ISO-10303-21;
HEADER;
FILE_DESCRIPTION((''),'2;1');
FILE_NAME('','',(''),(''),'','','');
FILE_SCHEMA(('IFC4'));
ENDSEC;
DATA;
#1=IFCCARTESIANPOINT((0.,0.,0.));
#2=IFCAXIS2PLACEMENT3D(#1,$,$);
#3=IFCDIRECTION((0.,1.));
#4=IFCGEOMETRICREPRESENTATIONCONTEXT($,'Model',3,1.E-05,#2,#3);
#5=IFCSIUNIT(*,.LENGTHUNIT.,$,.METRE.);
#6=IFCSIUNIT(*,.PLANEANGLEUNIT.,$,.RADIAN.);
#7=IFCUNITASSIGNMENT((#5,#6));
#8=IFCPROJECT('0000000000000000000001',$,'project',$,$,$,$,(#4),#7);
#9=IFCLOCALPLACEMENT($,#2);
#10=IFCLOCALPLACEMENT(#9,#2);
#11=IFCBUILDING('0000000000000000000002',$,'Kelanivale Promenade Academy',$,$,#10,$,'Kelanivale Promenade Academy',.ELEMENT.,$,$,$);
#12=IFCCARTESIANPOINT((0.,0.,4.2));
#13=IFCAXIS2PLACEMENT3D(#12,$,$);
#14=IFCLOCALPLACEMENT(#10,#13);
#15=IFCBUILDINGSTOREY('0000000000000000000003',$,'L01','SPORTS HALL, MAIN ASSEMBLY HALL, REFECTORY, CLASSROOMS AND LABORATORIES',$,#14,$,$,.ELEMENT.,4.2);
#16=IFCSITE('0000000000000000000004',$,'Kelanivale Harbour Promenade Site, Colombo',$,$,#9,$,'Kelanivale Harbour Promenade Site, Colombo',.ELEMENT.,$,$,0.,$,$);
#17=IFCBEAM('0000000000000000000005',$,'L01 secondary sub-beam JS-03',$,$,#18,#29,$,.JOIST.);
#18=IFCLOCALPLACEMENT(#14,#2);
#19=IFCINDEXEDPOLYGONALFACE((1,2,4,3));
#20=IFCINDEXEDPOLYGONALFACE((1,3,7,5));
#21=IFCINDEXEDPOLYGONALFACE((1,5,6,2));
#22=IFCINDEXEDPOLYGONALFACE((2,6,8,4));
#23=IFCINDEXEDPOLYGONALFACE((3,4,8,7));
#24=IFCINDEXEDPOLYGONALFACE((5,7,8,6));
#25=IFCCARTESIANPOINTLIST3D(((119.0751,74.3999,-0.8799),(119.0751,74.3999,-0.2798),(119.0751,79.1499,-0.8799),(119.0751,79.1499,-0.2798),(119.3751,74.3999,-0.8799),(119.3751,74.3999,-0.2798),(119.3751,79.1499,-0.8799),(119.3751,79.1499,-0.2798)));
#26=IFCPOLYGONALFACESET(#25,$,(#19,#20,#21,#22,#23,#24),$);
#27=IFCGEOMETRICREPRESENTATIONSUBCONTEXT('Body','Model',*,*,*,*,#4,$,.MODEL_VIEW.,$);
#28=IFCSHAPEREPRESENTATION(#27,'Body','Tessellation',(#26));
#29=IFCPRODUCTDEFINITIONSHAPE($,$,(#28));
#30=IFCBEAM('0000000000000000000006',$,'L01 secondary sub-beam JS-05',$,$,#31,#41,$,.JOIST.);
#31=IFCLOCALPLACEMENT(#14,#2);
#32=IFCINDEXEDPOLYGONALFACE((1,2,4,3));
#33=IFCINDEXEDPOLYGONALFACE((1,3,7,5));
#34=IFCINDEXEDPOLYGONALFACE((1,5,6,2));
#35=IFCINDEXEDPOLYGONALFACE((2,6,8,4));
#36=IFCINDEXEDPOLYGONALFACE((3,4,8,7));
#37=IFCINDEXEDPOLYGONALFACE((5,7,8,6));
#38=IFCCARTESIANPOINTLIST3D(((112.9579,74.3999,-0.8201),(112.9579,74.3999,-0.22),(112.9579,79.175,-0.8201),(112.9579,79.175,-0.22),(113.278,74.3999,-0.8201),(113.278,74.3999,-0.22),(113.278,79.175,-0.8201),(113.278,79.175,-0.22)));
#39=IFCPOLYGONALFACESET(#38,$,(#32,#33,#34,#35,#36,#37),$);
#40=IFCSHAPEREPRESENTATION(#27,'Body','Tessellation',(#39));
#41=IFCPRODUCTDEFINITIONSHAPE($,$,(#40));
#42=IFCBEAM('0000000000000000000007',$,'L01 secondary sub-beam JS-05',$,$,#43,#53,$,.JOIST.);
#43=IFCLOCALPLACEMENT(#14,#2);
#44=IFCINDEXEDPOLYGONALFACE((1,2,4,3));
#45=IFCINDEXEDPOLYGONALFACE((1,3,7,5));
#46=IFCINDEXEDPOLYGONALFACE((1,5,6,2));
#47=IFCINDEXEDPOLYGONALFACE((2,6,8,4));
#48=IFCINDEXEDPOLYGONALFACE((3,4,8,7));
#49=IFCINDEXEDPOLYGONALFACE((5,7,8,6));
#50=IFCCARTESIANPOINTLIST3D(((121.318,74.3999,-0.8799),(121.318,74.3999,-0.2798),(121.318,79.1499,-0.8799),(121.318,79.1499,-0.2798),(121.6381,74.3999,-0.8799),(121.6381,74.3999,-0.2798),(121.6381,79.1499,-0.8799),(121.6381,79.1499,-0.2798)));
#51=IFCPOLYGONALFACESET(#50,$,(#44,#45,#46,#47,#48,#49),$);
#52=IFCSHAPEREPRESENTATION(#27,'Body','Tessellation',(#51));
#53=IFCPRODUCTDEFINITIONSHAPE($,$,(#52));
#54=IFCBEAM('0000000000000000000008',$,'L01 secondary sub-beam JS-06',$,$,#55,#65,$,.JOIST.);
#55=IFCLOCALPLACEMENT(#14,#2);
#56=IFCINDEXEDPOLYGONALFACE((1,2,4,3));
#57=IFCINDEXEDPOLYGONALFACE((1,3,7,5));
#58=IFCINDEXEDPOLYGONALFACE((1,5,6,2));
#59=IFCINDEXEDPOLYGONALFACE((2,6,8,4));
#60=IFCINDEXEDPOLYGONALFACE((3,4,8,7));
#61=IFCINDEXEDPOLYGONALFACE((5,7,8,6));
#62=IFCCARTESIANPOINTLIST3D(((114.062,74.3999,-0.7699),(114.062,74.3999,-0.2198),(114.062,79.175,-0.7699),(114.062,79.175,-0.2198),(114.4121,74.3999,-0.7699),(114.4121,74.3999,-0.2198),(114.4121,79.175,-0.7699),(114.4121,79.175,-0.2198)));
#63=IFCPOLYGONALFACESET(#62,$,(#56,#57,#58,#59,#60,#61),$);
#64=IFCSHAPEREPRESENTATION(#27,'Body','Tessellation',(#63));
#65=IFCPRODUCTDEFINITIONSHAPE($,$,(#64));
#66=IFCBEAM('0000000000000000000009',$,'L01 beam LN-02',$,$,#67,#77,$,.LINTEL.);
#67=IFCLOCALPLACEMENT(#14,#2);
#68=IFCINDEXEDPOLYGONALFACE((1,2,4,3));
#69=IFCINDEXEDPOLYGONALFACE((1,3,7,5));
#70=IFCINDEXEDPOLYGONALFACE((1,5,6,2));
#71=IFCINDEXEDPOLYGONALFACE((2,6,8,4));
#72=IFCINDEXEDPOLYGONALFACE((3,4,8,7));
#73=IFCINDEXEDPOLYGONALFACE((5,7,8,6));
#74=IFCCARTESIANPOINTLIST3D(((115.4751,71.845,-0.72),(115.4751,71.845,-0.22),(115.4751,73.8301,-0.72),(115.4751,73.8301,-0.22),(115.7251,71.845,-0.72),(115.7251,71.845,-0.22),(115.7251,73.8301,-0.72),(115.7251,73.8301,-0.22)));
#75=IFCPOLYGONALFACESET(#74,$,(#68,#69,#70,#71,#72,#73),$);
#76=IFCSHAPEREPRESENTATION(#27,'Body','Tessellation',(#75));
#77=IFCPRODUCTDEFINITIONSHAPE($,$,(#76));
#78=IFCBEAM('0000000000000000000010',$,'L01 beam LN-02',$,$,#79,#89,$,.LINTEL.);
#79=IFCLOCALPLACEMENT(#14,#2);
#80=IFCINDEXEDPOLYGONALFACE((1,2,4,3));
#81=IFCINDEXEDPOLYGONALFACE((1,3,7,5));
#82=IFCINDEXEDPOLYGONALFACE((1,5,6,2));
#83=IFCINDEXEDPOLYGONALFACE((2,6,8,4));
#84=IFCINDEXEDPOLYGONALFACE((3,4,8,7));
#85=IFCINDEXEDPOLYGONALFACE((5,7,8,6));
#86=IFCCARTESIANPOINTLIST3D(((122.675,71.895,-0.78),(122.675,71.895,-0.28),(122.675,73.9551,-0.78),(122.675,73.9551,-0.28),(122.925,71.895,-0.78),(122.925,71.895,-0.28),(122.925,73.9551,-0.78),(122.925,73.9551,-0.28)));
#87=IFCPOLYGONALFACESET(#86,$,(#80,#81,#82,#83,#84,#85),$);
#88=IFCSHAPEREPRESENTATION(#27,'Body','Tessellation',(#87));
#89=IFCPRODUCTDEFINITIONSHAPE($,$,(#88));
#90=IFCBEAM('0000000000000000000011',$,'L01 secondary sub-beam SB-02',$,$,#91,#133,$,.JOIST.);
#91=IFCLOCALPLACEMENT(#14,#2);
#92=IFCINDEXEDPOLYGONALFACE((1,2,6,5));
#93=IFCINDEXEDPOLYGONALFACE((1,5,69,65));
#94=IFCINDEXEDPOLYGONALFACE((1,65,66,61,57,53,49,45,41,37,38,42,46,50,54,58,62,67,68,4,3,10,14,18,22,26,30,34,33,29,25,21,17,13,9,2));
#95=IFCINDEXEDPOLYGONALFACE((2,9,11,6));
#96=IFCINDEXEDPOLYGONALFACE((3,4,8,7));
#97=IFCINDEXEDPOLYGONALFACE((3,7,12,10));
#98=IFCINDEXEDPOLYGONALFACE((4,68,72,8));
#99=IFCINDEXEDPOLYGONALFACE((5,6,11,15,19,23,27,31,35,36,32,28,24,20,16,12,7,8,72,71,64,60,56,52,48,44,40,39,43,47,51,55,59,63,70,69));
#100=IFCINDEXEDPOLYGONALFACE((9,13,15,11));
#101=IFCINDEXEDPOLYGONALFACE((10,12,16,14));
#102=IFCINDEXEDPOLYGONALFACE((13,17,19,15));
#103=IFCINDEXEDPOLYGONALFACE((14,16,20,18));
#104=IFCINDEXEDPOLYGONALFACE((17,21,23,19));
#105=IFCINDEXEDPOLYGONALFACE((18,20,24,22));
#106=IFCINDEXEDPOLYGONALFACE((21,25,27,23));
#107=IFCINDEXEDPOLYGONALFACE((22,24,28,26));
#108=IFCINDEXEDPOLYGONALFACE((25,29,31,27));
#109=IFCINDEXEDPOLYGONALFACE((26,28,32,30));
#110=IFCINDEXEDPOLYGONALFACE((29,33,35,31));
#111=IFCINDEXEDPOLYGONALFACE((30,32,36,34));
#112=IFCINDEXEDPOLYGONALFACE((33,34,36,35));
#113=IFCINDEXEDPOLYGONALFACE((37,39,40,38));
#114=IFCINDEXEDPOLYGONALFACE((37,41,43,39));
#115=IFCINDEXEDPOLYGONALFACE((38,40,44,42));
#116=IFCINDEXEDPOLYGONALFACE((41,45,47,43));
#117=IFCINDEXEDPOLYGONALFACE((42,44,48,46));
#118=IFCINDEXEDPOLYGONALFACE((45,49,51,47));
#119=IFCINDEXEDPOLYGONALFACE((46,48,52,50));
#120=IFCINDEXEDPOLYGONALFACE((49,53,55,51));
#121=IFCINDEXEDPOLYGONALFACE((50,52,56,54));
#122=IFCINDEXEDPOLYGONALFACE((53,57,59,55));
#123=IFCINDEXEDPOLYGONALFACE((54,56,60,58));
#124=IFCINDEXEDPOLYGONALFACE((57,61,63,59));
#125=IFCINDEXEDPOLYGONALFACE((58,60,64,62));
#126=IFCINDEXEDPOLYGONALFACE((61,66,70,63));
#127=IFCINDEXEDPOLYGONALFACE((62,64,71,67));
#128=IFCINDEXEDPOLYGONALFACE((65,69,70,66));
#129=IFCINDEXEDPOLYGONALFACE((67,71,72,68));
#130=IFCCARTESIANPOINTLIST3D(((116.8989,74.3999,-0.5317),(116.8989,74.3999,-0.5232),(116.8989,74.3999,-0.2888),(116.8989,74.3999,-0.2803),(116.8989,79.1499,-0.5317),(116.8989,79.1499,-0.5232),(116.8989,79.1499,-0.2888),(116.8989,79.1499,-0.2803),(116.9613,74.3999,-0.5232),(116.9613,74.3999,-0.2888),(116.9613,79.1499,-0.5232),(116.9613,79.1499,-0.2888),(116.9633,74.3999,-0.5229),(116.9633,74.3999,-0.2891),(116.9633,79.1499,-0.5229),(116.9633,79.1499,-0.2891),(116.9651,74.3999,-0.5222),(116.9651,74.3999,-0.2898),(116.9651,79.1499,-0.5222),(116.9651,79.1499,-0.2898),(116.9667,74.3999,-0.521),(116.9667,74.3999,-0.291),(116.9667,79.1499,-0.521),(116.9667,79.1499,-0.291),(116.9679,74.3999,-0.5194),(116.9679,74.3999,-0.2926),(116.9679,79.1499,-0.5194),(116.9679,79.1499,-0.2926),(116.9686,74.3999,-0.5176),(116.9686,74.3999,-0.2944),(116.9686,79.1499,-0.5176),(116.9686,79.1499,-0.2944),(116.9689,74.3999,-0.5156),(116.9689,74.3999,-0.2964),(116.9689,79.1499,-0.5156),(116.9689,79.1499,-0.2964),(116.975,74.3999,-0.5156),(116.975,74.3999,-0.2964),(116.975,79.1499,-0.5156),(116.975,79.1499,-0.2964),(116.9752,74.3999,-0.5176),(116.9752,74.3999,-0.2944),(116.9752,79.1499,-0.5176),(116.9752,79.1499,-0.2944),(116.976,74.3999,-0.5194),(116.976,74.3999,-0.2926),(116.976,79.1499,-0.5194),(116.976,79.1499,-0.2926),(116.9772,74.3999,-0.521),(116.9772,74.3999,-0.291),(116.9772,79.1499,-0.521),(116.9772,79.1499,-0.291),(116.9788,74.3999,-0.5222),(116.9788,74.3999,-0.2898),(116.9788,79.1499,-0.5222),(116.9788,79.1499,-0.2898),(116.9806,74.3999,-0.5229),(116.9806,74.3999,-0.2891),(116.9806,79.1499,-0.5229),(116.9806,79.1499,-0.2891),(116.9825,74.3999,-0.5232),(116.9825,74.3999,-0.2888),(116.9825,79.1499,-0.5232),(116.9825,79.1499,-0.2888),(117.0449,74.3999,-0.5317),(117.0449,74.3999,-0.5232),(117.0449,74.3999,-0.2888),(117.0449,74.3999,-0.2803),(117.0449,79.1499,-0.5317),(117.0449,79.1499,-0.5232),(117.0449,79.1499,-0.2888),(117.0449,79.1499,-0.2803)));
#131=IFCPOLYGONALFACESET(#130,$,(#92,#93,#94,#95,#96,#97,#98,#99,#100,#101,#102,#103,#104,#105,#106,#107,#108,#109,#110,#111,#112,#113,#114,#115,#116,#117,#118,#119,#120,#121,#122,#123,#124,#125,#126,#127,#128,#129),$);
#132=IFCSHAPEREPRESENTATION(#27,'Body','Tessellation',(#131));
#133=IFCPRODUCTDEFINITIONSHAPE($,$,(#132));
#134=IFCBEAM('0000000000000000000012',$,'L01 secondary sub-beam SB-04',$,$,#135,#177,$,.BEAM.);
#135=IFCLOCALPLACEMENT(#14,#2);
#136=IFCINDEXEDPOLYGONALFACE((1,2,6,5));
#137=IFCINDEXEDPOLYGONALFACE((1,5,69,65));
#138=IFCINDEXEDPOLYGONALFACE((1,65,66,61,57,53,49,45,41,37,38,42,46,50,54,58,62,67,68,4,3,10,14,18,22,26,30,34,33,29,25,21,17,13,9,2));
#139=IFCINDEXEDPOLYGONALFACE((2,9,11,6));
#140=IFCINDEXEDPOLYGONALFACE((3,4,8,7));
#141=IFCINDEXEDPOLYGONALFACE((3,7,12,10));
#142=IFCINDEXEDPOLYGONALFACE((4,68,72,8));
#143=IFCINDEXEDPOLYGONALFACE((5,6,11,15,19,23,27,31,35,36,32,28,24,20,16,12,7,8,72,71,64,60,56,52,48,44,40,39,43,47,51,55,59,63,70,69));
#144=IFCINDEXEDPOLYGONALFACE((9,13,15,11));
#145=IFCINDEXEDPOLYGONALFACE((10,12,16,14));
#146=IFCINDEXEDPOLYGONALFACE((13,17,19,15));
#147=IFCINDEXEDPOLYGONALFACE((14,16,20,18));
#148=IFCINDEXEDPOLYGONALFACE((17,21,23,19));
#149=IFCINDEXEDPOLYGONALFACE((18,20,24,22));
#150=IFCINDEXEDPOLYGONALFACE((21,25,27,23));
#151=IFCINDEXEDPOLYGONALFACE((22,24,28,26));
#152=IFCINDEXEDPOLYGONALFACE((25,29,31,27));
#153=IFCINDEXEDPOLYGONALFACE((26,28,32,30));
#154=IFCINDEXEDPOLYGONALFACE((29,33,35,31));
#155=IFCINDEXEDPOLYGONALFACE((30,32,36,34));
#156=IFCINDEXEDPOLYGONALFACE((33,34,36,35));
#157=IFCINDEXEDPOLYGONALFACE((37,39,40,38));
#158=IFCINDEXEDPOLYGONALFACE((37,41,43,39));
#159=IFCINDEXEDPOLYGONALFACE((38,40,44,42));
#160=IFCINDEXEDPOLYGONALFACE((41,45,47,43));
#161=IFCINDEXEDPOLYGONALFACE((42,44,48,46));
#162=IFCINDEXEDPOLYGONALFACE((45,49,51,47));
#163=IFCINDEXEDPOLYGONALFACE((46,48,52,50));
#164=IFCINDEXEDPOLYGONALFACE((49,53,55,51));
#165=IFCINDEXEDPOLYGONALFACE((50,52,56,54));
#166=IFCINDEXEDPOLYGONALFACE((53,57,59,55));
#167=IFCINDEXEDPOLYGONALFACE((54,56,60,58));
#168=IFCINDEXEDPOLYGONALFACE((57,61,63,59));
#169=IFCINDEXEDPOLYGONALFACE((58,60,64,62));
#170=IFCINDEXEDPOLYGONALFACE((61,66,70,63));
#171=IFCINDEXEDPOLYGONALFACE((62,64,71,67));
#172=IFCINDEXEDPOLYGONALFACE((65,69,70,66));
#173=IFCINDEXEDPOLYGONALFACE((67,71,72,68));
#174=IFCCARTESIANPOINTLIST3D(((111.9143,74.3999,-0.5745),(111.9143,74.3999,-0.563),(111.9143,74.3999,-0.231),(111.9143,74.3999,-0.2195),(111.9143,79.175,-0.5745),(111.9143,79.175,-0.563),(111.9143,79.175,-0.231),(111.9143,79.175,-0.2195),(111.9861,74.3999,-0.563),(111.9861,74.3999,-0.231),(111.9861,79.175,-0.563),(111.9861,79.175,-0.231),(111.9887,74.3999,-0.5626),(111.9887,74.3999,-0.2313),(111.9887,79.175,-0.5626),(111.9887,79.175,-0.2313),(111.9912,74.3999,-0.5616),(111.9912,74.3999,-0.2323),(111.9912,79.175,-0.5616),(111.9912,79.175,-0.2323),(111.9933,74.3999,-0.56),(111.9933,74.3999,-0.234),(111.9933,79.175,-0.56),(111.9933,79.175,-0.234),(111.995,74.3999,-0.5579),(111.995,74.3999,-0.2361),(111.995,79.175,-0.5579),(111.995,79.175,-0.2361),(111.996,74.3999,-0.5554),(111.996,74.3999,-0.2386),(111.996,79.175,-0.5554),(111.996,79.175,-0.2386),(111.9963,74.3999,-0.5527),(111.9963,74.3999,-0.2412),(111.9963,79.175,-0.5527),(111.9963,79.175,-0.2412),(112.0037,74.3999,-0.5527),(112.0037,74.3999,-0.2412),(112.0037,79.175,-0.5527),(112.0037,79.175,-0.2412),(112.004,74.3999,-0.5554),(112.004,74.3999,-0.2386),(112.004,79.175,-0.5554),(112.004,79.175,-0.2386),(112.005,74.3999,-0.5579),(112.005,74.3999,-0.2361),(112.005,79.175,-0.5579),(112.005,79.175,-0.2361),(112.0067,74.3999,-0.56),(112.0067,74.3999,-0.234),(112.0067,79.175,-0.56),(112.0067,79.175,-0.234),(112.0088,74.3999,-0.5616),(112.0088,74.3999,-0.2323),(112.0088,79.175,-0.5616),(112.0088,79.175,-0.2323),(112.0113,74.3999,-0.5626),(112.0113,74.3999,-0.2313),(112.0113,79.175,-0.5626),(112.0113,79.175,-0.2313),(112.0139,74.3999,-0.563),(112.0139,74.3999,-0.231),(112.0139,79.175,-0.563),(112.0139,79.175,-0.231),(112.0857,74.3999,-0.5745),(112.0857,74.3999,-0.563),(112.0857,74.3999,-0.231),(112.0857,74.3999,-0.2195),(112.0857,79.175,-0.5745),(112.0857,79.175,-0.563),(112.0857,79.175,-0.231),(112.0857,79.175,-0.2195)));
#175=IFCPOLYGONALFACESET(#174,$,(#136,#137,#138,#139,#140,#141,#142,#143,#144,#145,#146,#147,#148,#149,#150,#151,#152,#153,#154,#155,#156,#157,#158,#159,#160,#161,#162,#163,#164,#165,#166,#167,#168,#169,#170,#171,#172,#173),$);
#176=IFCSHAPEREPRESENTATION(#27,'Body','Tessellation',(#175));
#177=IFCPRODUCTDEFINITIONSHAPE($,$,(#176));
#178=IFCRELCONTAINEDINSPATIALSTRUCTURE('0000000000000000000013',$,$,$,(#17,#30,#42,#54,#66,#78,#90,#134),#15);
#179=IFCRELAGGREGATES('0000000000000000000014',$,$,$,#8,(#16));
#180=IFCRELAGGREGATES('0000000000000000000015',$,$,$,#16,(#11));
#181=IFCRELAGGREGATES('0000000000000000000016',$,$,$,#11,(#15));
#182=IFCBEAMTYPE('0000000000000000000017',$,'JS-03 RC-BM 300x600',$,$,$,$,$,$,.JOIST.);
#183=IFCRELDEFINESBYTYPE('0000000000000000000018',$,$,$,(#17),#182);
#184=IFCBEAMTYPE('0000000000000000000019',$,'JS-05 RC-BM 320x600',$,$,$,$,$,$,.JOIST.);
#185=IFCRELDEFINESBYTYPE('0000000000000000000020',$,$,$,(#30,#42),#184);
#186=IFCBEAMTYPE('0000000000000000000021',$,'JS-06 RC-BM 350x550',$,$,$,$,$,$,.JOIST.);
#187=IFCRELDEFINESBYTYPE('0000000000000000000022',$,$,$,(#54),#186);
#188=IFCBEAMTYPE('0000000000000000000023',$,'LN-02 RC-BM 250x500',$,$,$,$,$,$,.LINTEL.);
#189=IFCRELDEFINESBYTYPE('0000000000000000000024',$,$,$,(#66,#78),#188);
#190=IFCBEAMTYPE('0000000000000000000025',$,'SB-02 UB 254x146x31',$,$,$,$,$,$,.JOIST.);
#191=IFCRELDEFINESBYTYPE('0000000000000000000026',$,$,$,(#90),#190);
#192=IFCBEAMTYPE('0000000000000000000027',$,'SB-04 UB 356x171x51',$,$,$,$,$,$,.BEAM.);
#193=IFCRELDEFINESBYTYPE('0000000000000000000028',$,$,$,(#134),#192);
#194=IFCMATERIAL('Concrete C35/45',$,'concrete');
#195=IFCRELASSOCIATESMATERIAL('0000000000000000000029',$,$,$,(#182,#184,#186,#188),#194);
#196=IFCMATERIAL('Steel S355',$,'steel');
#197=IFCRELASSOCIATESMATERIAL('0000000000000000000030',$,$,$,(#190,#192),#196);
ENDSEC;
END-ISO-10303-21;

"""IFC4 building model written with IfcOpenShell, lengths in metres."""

from ifc_helpers import new_model, si_unit, direction, frame, origin, origin_2d, place, context, subcontext, project, spatial, rectangle, i_section, extrude, material, material_profile, profile_set, type_object, element, save


model = new_model("IFC4")

# Units and contexts
model_context = context("Model", 3, precision=1e-05, world=origin(), true_north=direction((0.0, 1.0)))
body_context = subcontext(model_context, "Body", "Model", "MODEL_VIEW")
ifc_project = project(units=[si_unit("LENGTHUNIT", "METRE"), si_unit("PLANEANGLEUNIT", "RADIAN")], contexts=[model_context])

# Site, building, storey
site_placement = place(None, origin())
site = spatial("IfcSite", under=ifc_project, at=site_placement, Name="Kelanivale Harbour Promenade Site, Colombo", LongName="Kelanivale Harbour Promenade Site, Colombo", CompositionType="ELEMENT", RefElevation=0.0)
building_placement = place(site_placement, origin())
building = spatial("IfcBuilding", under=site, at=building_placement, Name="Kelanivale Promenade Academy", LongName="Kelanivale Promenade Academy", CompositionType="ELEMENT")
storey_placement = place(building_placement, frame((0.0, 0.0, 4.2)))
storey = spatial("IfcBuildingStorey", under=building, at=storey_placement, Name="L01", Description="SPORTS HALL, MAIN ASSEMBLY HALL, REFECTORY, CLASSROOMS AND LABORATORIES", CompositionType="ELEMENT", Elevation=4.2)

# Beams
ifc_material_1 = material(Name="Concrete C35/45", Category="concrete")
ifc_material_profile_1 = material_profile(ifc_material_1, rectangle(XDim=0.3, YDim=0.6001, at=origin_2d()), Name="RC-BM 300x600")
ifc_profile_set_1 = profile_set([ifc_material_profile_1], Name="Concrete C35/45")
beam_type_1 = type_object("IfcBeamType", Name="JS-03 RC-BM 300x600", PredefinedType="JOIST", material=ifc_profile_set_1)
beam_1_placement = place(storey_placement, frame((119.2251, 74.3999, -0.5798), z_axis=(0.0, 1.0, 0.0), x_axis=(-1.0, 0.0, 0.0)))
element("IfcBeam", 1, at=beam_1_placement, inside=storey, type_object=beam_type_1, Name="L01 secondary sub-beam JS-03", PredefinedType="JOIST", context=body_context, shape_type="SweptSolid", body=[
    extrude(rectangle(XDim=0.3, YDim=0.6001, at=origin_2d()), origin(), (0.0, 0.0, 1.0), 4.75),
])
ifc_material_profile_2 = material_profile(ifc_material_1, rectangle(XDim=0.3201, YDim=0.6001, at=origin_2d()), Name="RC-BM 320x600")
ifc_profile_set_2 = profile_set([ifc_material_profile_2], Name="Concrete C35/45")
beam_type_2 = type_object("IfcBeamType", Name="JS-05 RC-BM 320x600", PredefinedType="JOIST", material=ifc_profile_set_2)
beam_2_placement = place(storey_placement, frame((113.1179, 74.3999, -0.52), z_axis=(0.0, 1.0, 0.0), x_axis=(-1.0, 0.0, 0.0)))
element("IfcBeam", 2, at=beam_2_placement, inside=storey, type_object=beam_type_2, Name="L01 secondary sub-beam JS-05", PredefinedType="JOIST", context=body_context, shape_type="SweptSolid", body=[
    extrude(rectangle(XDim=0.3201, YDim=0.6001, at=origin_2d()), origin(), (0.0, 0.0, 1.0), 4.7751),
])
beam_3_placement = place(storey_placement, frame((121.478, 74.3999, -0.5798), z_axis=(0.0, 1.0, 0.0), x_axis=(-1.0, 0.0, 0.0)))
element("IfcBeam", 3, at=beam_3_placement, inside=storey, type_object=beam_type_2, Name="L01 secondary sub-beam JS-05", PredefinedType="JOIST", context=body_context, shape_type="SweptSolid", body=[
    extrude(rectangle(XDim=0.3201, YDim=0.6001, at=origin_2d()), origin(), (0.0, 0.0, 1.0), 4.75),
])
ifc_material_profile_3 = material_profile(ifc_material_1, rectangle(XDim=0.3501, YDim=0.55, at=origin_2d()), Name="RC-BM 350x550")
ifc_profile_set_3 = profile_set([ifc_material_profile_3], Name="Concrete C35/45")
beam_type_3 = type_object("IfcBeamType", Name="JS-06 RC-BM 350x550", PredefinedType="JOIST", material=ifc_profile_set_3)
beam_4_placement = place(storey_placement, frame((114.2371, 74.3999, -0.4949), z_axis=(0.0, 1.0, 0.0), x_axis=(-1.0, 0.0, 0.0)))
element("IfcBeam", 4, at=beam_4_placement, inside=storey, type_object=beam_type_3, Name="L01 secondary sub-beam JS-06", PredefinedType="JOIST", context=body_context, shape_type="SweptSolid", body=[
    extrude(rectangle(XDim=0.3501, YDim=0.55, at=origin_2d()), origin(), (0.0, 0.0, 1.0), 4.7751),
])
ifc_material_profile_4 = material_profile(ifc_material_1, rectangle(XDim=0.25, YDim=0.5, at=origin_2d()), Name="RC-BM 250x500")
ifc_profile_set_4 = profile_set([ifc_material_profile_4], Name="Concrete C35/45")
beam_type_4 = type_object("IfcBeamType", Name="LN-02 RC-BM 250x500", PredefinedType="LINTEL", material=ifc_profile_set_4)
beam_5_placement = place(storey_placement, frame((115.6001, 71.845, -0.47), z_axis=(0.0, 1.0, 0.0), x_axis=(-1.0, 0.0, 0.0)))
element("IfcBeam", 5, at=beam_5_placement, inside=storey, type_object=beam_type_4, Name="L01 beam LN-02", PredefinedType="LINTEL", context=body_context, shape_type="SweptSolid", body=[
    extrude(rectangle(XDim=0.25, YDim=0.5, at=origin_2d()), origin(), (0.0, 0.0, 1.0), 1.9851),
])
beam_6_placement = place(storey_placement, frame((122.8, 71.895, -0.53), z_axis=(0.0, 1.0, 0.0), x_axis=(-1.0, 0.0, 0.0)))
element("IfcBeam", 6, at=beam_6_placement, inside=storey, type_object=beam_type_4, Name="L01 beam LN-02", PredefinedType="LINTEL", context=body_context, shape_type="SweptSolid", body=[
    extrude(rectangle(XDim=0.25, YDim=0.5, at=origin_2d()), origin(), (0.0, 0.0, 1.0), 2.0601),
])
ifc_material_2 = material(Name="Steel S355", Category="steel")
ifc_material_profile_5 = material_profile(ifc_material_2, i_section(OverallWidth=0.146, OverallDepth=0.2515, WebThickness=0.0061, FlangeThickness=0.0085, FilletRadius=0.0076, at=origin_2d()), Name="UB 254x146x31")
ifc_profile_set_5 = profile_set([ifc_material_profile_5], Name="Steel S355")
beam_type_5 = type_object("IfcBeamType", Name="SB-02 UB 254x146x31", PredefinedType="JOIST", material=ifc_profile_set_5)
beam_7_placement = place(storey_placement, frame((116.9719, 74.3999, -0.406), z_axis=(0.0, 1.0, 0.0), x_axis=(-1.0, 0.0, 0.0)))
element("IfcBeam", 7, at=beam_7_placement, inside=storey, type_object=beam_type_5, Name="L01 secondary sub-beam SB-02", PredefinedType="JOIST", context=body_context, shape_type="SweptSolid", body=[
    extrude(i_section(OverallWidth=0.146, OverallDepth=0.2515, WebThickness=0.0061, FlangeThickness=0.0085, FilletRadius=0.0076, at=origin_2d()), origin(), (0.0, 0.0, 1.0), 4.75),
])
ifc_material_profile_6 = material_profile(ifc_material_2, i_section(OverallWidth=0.1714, OverallDepth=0.355, WebThickness=0.0073, FlangeThickness=0.0115, FilletRadius=0.0103, at=origin_2d()), Name="UB 356x171x51")
ifc_profile_set_6 = profile_set([ifc_material_profile_6], Name="Steel S355")
beam_type_6 = type_object("IfcBeamType", Name="SB-04 UB 356x171x51", PredefinedType="BEAM", material=ifc_profile_set_6)
beam_8_placement = place(storey_placement, frame((112.0, 74.3999, -0.397), z_axis=(0.0, 1.0, 0.0), x_axis=(-1.0, 0.0, 0.0)))
element("IfcBeam", 8, at=beam_8_placement, inside=storey, type_object=beam_type_6, Name="L01 secondary sub-beam SB-04", PredefinedType="BEAM", context=body_context, shape_type="SweptSolid", body=[
    extrude(i_section(OverallWidth=0.1714, OverallDepth=0.355, WebThickness=0.0073, FlangeThickness=0.0115, FilletRadius=0.0103, at=origin_2d()), origin(), (0.0, 0.0, 1.0), 4.7751),
])

save(model, "model.ifc")
